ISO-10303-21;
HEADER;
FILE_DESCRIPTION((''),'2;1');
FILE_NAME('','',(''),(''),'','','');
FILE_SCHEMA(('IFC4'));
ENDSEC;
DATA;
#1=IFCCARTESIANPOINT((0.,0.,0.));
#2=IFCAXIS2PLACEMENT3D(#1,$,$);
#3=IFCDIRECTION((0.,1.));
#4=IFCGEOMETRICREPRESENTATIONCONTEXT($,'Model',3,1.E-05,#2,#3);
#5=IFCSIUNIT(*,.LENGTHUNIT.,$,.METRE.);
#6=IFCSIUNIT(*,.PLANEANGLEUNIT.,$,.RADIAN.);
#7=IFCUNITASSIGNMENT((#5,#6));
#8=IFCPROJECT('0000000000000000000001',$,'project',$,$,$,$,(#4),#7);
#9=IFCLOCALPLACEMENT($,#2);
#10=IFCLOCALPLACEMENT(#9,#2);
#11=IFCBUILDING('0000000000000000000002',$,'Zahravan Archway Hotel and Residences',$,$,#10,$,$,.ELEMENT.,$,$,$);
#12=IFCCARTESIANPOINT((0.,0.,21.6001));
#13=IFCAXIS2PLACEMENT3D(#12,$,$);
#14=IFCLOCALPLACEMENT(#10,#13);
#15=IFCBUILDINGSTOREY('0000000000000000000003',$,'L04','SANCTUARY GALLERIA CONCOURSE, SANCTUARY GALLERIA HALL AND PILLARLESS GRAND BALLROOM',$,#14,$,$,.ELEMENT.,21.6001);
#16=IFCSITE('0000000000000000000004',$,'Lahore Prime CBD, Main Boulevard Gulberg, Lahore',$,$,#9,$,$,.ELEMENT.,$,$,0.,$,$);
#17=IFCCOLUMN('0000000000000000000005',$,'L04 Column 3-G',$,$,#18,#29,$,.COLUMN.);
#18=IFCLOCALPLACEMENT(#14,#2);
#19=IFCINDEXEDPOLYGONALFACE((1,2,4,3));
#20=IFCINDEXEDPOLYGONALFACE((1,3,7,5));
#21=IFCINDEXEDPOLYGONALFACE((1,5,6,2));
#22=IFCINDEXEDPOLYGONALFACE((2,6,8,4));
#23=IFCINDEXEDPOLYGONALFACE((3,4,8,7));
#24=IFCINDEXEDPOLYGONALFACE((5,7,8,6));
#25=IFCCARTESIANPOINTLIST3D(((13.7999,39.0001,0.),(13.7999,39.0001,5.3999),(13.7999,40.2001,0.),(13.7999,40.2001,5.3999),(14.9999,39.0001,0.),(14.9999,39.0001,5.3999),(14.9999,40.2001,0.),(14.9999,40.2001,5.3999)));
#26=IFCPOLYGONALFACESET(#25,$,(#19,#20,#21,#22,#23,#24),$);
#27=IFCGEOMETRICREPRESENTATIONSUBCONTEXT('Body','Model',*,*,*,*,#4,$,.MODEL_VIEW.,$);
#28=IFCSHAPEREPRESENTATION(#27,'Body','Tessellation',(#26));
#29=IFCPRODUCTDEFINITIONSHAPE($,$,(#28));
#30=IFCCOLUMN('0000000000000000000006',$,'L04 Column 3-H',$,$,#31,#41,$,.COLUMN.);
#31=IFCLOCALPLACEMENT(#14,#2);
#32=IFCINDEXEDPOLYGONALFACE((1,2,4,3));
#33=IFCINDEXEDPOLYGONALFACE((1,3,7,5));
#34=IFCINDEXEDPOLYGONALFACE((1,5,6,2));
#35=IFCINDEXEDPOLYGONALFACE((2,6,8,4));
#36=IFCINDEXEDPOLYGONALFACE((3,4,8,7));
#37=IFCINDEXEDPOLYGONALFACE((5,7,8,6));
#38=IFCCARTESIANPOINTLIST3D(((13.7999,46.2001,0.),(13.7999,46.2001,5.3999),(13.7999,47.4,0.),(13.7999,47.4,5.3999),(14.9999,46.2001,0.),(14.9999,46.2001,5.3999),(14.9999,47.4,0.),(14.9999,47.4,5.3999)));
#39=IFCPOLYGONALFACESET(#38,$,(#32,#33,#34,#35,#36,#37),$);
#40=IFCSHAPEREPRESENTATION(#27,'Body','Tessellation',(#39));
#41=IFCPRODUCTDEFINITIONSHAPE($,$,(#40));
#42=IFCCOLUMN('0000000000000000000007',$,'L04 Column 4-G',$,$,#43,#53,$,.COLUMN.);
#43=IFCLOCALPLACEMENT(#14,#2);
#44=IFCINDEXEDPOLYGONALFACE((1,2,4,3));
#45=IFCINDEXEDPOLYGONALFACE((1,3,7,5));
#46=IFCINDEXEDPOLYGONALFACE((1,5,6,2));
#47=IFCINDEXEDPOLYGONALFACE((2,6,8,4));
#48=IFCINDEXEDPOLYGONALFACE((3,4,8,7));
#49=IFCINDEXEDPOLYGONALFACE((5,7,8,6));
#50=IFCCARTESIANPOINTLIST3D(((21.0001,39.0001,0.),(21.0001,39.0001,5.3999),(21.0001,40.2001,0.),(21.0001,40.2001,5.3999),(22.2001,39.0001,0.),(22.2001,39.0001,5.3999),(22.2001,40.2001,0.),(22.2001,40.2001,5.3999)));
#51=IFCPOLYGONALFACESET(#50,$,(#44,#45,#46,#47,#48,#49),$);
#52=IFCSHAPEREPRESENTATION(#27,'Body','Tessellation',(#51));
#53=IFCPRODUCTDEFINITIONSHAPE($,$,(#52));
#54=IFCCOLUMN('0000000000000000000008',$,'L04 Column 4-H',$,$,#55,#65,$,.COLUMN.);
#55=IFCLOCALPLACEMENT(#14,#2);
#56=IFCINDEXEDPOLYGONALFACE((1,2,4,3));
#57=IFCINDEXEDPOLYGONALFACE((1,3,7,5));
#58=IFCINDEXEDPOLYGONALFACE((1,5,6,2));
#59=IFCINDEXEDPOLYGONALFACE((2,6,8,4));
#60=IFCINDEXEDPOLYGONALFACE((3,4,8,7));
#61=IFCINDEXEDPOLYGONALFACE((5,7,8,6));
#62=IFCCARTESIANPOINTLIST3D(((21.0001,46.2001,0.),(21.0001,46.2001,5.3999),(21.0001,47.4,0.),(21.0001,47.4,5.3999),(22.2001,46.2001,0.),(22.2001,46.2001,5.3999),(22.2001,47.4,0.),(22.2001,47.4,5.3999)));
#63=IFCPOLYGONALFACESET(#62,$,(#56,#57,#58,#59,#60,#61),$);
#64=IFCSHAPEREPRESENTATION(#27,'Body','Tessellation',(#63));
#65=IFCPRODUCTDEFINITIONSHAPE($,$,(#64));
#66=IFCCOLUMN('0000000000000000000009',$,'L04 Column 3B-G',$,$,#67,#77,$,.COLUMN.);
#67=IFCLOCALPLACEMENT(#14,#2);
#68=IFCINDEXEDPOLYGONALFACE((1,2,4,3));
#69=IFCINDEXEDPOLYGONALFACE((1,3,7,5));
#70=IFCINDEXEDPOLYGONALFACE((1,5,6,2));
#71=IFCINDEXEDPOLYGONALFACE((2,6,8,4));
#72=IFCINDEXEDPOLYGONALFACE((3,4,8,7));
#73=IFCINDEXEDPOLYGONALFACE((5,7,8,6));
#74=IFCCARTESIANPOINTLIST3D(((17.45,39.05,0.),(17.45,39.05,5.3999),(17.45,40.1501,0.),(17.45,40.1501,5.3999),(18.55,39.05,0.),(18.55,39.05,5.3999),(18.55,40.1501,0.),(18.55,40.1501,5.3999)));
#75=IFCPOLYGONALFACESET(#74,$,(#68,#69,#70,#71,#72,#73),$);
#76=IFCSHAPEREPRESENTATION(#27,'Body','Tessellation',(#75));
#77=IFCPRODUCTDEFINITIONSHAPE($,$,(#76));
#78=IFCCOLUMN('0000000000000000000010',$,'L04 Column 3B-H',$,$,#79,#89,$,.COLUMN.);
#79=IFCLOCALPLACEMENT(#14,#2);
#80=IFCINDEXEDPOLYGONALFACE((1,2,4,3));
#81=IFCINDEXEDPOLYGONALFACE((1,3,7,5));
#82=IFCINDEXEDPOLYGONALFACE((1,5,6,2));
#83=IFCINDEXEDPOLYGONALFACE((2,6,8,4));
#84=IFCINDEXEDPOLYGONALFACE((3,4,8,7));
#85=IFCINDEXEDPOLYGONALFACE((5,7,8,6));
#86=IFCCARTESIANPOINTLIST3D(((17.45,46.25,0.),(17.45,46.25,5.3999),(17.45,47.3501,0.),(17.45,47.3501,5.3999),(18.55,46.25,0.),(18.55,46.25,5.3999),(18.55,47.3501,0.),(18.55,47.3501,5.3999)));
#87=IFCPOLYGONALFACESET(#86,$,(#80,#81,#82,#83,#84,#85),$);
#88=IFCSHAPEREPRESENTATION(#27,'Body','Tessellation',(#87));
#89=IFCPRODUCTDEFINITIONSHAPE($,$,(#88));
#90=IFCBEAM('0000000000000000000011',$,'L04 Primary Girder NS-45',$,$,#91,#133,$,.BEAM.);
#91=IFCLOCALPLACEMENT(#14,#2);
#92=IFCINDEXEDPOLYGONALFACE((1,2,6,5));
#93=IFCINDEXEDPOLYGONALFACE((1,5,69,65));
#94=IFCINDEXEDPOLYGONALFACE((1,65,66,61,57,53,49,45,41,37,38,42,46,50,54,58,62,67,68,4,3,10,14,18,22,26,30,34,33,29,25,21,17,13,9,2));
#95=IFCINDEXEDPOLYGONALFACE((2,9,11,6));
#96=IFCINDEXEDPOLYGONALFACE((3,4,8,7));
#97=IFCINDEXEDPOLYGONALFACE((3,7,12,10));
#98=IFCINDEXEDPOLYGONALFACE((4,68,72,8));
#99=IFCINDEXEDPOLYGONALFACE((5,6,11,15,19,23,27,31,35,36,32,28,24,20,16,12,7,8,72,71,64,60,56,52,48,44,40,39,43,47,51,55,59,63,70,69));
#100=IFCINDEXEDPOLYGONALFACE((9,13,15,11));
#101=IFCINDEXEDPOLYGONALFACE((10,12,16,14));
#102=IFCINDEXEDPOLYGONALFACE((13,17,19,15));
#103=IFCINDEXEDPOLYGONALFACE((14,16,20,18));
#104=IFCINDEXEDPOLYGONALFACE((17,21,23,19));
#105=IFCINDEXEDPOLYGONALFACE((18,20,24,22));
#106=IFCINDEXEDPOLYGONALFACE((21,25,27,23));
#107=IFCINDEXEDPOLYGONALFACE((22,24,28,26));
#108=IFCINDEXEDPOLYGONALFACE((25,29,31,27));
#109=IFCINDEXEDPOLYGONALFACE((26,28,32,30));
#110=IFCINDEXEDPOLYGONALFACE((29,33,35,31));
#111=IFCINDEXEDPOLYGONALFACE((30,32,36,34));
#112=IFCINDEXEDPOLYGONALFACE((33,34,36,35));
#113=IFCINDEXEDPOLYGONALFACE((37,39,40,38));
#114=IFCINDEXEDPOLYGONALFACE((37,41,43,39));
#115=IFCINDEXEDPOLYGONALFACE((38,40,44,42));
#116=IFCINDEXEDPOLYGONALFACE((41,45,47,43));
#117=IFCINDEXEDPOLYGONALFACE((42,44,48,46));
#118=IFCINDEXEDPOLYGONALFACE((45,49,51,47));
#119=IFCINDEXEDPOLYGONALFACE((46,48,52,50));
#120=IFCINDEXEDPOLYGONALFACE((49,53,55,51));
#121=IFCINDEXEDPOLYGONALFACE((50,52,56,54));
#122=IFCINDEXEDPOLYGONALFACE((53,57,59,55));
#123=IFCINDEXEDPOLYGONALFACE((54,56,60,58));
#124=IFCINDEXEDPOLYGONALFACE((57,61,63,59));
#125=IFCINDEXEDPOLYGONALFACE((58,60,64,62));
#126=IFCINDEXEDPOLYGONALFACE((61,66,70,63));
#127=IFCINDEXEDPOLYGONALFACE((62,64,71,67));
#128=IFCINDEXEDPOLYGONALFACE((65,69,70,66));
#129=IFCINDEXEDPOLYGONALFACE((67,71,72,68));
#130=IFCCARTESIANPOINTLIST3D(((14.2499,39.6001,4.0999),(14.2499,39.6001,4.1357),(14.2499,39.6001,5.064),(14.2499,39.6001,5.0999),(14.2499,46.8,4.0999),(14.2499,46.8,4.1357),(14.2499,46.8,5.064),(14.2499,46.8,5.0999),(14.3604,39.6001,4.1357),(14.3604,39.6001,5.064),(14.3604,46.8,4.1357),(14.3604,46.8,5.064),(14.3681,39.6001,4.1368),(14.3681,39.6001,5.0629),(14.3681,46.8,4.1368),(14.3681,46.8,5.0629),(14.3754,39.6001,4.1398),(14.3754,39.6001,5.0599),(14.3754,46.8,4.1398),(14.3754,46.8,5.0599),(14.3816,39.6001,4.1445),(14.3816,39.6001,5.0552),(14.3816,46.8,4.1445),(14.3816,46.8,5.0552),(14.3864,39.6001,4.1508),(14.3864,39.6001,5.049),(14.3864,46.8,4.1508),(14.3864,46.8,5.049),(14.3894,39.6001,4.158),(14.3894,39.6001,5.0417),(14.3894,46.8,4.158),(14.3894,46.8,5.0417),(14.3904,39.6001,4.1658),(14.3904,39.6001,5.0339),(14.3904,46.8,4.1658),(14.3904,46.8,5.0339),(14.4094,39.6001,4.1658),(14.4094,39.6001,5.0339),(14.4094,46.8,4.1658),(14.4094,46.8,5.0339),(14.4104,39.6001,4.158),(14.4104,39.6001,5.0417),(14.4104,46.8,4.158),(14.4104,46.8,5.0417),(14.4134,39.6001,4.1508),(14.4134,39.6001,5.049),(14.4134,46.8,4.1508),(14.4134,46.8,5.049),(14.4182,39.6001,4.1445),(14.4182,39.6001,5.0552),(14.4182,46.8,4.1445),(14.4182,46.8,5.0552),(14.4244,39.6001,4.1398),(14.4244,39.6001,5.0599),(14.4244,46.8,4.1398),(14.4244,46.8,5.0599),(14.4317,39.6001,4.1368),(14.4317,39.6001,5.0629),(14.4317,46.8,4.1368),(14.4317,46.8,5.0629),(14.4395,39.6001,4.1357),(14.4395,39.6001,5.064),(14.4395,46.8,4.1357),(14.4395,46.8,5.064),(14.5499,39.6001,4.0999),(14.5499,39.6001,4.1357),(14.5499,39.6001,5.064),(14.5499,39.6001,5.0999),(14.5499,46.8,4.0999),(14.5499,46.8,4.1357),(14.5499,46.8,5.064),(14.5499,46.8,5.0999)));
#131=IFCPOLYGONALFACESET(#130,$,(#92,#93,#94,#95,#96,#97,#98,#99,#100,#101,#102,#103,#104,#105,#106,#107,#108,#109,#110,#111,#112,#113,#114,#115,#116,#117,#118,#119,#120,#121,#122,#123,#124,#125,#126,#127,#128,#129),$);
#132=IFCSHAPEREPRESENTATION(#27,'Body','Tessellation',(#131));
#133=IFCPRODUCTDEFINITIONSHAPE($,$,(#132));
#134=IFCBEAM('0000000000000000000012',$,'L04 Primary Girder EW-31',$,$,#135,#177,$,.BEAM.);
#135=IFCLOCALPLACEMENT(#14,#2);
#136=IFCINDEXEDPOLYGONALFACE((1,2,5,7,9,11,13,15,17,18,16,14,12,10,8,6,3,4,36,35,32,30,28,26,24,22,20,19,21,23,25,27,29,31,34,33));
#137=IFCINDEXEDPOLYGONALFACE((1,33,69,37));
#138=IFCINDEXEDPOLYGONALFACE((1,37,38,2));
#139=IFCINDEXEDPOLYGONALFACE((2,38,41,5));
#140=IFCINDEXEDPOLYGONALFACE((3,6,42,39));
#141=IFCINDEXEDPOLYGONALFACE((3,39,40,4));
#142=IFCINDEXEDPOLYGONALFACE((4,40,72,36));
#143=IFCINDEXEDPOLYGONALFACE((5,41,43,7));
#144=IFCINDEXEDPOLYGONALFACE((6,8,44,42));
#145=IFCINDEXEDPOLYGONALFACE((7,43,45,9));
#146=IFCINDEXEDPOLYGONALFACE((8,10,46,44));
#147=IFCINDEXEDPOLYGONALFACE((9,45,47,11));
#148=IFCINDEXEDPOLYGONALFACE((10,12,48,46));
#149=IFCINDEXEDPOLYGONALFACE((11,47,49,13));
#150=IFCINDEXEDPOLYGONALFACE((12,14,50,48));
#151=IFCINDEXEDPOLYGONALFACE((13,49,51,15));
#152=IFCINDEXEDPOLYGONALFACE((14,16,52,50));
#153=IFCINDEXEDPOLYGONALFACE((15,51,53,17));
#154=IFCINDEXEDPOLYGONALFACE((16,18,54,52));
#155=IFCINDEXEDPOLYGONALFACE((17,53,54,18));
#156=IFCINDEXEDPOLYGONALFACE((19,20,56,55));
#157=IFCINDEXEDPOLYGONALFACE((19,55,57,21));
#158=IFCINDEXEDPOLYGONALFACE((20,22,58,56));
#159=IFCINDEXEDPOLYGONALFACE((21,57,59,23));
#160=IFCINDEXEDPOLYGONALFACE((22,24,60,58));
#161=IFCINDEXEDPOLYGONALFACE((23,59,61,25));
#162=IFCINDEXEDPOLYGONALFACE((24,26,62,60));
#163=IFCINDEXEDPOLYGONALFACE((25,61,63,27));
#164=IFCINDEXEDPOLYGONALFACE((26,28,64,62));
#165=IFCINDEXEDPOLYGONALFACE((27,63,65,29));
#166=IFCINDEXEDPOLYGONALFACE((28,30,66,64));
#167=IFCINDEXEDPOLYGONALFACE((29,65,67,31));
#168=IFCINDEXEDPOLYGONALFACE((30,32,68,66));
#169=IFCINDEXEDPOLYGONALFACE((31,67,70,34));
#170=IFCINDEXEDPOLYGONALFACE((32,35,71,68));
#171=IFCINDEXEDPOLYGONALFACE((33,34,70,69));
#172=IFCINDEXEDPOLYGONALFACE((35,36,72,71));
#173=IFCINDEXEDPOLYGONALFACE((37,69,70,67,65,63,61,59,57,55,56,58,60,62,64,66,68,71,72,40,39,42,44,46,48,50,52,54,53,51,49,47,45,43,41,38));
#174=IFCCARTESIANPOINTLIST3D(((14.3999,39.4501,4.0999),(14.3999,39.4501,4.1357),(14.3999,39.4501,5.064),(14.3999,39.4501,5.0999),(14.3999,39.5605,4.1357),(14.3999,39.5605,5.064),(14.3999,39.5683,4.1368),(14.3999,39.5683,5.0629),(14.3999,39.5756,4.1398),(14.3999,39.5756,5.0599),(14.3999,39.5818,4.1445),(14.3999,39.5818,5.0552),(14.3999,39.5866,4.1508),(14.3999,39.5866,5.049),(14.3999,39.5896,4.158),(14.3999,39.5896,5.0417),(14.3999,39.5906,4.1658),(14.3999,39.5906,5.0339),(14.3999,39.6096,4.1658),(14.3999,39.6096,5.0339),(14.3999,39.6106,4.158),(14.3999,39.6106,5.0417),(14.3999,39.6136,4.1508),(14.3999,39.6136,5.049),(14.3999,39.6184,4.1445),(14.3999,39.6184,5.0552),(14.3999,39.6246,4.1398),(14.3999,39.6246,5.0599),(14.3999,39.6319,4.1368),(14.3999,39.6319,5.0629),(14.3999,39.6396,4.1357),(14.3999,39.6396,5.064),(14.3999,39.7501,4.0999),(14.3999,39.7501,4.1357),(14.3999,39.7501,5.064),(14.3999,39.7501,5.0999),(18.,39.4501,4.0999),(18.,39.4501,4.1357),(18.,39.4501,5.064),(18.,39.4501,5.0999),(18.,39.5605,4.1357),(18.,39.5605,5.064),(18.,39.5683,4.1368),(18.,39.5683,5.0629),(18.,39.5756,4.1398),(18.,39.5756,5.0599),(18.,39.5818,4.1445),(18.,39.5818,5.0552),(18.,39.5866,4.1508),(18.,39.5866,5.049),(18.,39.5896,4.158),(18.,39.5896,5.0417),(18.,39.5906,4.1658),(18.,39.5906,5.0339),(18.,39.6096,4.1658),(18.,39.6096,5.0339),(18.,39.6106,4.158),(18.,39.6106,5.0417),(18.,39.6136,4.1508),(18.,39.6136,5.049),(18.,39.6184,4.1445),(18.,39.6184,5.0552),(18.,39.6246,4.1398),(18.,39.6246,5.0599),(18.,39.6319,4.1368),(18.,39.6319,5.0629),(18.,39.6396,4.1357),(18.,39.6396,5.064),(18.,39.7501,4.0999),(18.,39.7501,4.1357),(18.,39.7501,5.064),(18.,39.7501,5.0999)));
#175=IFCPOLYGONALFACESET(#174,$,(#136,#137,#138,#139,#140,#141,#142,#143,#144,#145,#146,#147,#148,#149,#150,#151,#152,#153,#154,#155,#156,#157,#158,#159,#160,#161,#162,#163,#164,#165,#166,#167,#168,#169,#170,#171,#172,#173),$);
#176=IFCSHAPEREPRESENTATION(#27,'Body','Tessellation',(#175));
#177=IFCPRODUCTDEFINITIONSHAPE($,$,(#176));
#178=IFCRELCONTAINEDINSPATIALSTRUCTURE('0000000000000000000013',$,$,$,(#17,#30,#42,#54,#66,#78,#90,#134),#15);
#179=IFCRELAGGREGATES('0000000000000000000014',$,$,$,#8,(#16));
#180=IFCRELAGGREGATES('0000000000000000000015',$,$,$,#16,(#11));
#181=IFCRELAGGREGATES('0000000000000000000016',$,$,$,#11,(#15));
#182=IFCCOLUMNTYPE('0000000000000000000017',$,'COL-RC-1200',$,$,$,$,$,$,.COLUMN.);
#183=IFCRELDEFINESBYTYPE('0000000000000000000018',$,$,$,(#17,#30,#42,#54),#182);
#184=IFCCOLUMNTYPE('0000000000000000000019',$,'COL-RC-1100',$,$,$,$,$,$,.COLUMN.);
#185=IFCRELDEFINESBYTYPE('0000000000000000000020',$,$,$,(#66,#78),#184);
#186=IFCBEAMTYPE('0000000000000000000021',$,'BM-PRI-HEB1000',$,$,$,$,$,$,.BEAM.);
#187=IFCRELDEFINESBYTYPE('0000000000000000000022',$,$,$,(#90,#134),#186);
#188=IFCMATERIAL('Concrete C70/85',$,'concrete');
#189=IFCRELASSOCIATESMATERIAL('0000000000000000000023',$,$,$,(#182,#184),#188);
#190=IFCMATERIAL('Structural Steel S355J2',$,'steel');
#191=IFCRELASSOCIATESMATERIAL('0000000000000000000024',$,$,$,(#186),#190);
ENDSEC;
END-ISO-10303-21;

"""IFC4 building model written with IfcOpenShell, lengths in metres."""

from ifc_helpers import new_model, si_unit, direction, frame, origin, origin_2d, place, context, subcontext, project, spatial, rectangle, i_section, extrude, source, transform, mapped, material, material_profile, profile_set, type_object, element, save


model = new_model("IFC4")

# Units and contexts
model_context = context("Model", 3, precision=1e-05, world=origin(), true_north=direction((0.0, 1.0)))
body_context = subcontext(model_context, "Body", "Model", "MODEL_VIEW")
ifc_project = project(units=[si_unit("LENGTHUNIT", "METRE"), si_unit("PLANEANGLEUNIT", "RADIAN")], contexts=[model_context])

# Site, building, storey
site_placement = place(None, origin())
site = spatial("IfcSite", under=ifc_project, at=site_placement, Name="Lahore Prime CBD, Main Boulevard Gulberg, Lahore", CompositionType="ELEMENT", RefElevation=0.0)
building_placement = place(site_placement, origin())
building = spatial("IfcBuilding", under=site, at=building_placement, Name="Zahravan Archway Hotel and Residences", CompositionType="ELEMENT")
storey_placement = place(building_placement, frame((0.0, 0.0, 21.6001)))
storey = spatial("IfcBuildingStorey", under=building, at=storey_placement, Name="L04", Description="SANCTUARY GALLERIA CONCOURSE, SANCTUARY GALLERIA HALL AND PILLARLESS GRAND BALLROOM", CompositionType="ELEMENT", Elevation=21.6001)

# Columns
ifc_material_1 = material(Name="Concrete C70/85", Category="concrete")
ifc_material_profile_1 = material_profile(ifc_material_1, rectangle(XDim=1.2, YDim=1.2, at=origin_2d()), Name="RC-COL-1200x1200", Category="concrete")
ifc_profile_set_1 = profile_set([ifc_material_profile_1], Name="Concrete C70/85")
column_type_1 = type_object("IfcColumnType", Name="COL-RC-1200", PredefinedType="COLUMN", material=ifc_profile_set_1)
shared_shape_1 = source(origin(), body_context, "Body", "SweptSolid", [
    extrude(rectangle(XDim=1.2, YDim=1.2, at=origin_2d()), origin(), (0.0, 0.0, 1.0), 5.3999),
])
for number, where, z_axis, x_axis, name in (
    (1, (14.3999, 39.6001, 0.0), (0.0, 0.0, 1.0), (1.0, 0.0, 0.0), "L04 Column 3-G"),
    (2, (14.3999, 46.8, 0.0), (0.0, 0.0, 1.0), (1.0, 0.0, 0.0), "L04 Column 3-H"),
    (3, (21.6001, 39.6001, 0.0), (0.0, 0.0, 1.0), (1.0, 0.0, 0.0), "L04 Column 4-G"),
    (4, (21.6001, 46.8, 0.0), (0.0, 0.0, 1.0), (1.0, 0.0, 0.0), "L04 Column 4-H"),
):
    element("IfcColumn", number, at=place(storey_placement, frame(where, z_axis=z_axis, x_axis=x_axis)), inside=storey, type_object=column_type_1, Name=name, PredefinedType="COLUMN", context=body_context, shape_type="MappedRepresentation", body=[
        mapped(shared_shape_1, transform((0.0, 0.0, 0.0), scale=1.0)),
    ])
ifc_material_profile_2 = material_profile(ifc_material_1, rectangle(XDim=1.1001, YDim=1.1001, at=origin_2d()), Name="RC 1100x1100", Category="concrete")
ifc_profile_set_2 = profile_set([ifc_material_profile_2], Name="Concrete C70/85")
column_type_2 = type_object("IfcColumnType", Name="COL-RC-1100", PredefinedType="COLUMN", material=ifc_profile_set_2)
shared_shape_2 = source(origin(), body_context, "Body", "SweptSolid", [
    extrude(rectangle(XDim=1.1001, YDim=1.1001, at=origin_2d()), origin(), (0.0, 0.0, 1.0), 5.3999),
])
for number, where, z_axis, x_axis, name in (
    (5, (18.0, 39.6001, 0.0), (0.0, 0.0, 1.0), (1.0, 0.0, 0.0), "L04 Column 3B-G"),
    (6, (18.0, 46.8, 0.0), (0.0, 0.0, 1.0), (1.0, 0.0, 0.0), "L04 Column 3B-H"),
):
    element("IfcColumn", number, at=place(storey_placement, frame(where, z_axis=z_axis, x_axis=x_axis)), inside=storey, type_object=column_type_2, Name=name, PredefinedType="COLUMN", context=body_context, shape_type="MappedRepresentation", body=[
        mapped(shared_shape_2, transform((0.0, 0.0, 0.0), scale=1.0)),
    ])

# Beams
ifc_material_2 = material(Name="Structural Steel S355J2", Category="steel")
ifc_material_profile_3 = material_profile(ifc_material_2, i_section(OverallWidth=0.3, OverallDepth=1.0, WebThickness=0.019, FlangeThickness=0.0359, FilletRadius=0.03, at=origin_2d()), Name="HEB 1000", Category="steel")
ifc_profile_set_3 = profile_set([ifc_material_profile_3], Name="Structural Steel S355J2")
beam_type_1 = type_object("IfcBeamType", Name="BM-PRI-HEB1000", PredefinedType="BEAM", material=ifc_profile_set_3)
shared_shape_3 = source(origin(), body_context, "Body", "SweptSolid", [
    extrude(i_section(OverallWidth=0.3, OverallDepth=1.0, WebThickness=0.019, FlangeThickness=0.0359, FilletRadius=0.03, at=origin_2d()), origin(), (0.0, 0.0, 1.0), 7.2),
])
beam_placement = place(storey_placement, frame((14.3999, 39.6001, 4.5999), z_axis=(0.0, 1.0, 0.0), x_axis=(-1.0, 0.0, 0.0)))
element("IfcBeam", 7, at=beam_placement, inside=storey, type_object=beam_type_1, Name="L04 Primary Girder NS-45", PredefinedType="BEAM", context=body_context, shape_type="MappedRepresentation", body=[
    mapped(shared_shape_3, transform((0.0, 0.0, 0.0), scale=1.0)),
])
shared_shape_4 = source(origin(), body_context, "Body", "SweptSolid", [
    extrude(i_section(OverallWidth=0.3, OverallDepth=1.0, WebThickness=0.019, FlangeThickness=0.0359, FilletRadius=0.03, at=origin_2d()), origin(), (0.0, 0.0, 1.0), 3.6001),
])
for number, where, z_axis, x_axis, name in (
    (8, (14.3999, 39.6001, 4.5999), (1.0, 0.0, 0.0), (0.0, 1.0, 0.0), "L04 Primary Girder EW-31"),
):
    element("IfcBeam", number, at=place(storey_placement, frame(where, z_axis=z_axis, x_axis=x_axis)), inside=storey, type_object=beam_type_1, Name=name, PredefinedType="BEAM", context=body_context, shape_type="MappedRepresentation", body=[
        mapped(shared_shape_4, transform((0.0, 0.0, 0.0), scale=1.0)),
    ])

save(model, "model.ifc")
